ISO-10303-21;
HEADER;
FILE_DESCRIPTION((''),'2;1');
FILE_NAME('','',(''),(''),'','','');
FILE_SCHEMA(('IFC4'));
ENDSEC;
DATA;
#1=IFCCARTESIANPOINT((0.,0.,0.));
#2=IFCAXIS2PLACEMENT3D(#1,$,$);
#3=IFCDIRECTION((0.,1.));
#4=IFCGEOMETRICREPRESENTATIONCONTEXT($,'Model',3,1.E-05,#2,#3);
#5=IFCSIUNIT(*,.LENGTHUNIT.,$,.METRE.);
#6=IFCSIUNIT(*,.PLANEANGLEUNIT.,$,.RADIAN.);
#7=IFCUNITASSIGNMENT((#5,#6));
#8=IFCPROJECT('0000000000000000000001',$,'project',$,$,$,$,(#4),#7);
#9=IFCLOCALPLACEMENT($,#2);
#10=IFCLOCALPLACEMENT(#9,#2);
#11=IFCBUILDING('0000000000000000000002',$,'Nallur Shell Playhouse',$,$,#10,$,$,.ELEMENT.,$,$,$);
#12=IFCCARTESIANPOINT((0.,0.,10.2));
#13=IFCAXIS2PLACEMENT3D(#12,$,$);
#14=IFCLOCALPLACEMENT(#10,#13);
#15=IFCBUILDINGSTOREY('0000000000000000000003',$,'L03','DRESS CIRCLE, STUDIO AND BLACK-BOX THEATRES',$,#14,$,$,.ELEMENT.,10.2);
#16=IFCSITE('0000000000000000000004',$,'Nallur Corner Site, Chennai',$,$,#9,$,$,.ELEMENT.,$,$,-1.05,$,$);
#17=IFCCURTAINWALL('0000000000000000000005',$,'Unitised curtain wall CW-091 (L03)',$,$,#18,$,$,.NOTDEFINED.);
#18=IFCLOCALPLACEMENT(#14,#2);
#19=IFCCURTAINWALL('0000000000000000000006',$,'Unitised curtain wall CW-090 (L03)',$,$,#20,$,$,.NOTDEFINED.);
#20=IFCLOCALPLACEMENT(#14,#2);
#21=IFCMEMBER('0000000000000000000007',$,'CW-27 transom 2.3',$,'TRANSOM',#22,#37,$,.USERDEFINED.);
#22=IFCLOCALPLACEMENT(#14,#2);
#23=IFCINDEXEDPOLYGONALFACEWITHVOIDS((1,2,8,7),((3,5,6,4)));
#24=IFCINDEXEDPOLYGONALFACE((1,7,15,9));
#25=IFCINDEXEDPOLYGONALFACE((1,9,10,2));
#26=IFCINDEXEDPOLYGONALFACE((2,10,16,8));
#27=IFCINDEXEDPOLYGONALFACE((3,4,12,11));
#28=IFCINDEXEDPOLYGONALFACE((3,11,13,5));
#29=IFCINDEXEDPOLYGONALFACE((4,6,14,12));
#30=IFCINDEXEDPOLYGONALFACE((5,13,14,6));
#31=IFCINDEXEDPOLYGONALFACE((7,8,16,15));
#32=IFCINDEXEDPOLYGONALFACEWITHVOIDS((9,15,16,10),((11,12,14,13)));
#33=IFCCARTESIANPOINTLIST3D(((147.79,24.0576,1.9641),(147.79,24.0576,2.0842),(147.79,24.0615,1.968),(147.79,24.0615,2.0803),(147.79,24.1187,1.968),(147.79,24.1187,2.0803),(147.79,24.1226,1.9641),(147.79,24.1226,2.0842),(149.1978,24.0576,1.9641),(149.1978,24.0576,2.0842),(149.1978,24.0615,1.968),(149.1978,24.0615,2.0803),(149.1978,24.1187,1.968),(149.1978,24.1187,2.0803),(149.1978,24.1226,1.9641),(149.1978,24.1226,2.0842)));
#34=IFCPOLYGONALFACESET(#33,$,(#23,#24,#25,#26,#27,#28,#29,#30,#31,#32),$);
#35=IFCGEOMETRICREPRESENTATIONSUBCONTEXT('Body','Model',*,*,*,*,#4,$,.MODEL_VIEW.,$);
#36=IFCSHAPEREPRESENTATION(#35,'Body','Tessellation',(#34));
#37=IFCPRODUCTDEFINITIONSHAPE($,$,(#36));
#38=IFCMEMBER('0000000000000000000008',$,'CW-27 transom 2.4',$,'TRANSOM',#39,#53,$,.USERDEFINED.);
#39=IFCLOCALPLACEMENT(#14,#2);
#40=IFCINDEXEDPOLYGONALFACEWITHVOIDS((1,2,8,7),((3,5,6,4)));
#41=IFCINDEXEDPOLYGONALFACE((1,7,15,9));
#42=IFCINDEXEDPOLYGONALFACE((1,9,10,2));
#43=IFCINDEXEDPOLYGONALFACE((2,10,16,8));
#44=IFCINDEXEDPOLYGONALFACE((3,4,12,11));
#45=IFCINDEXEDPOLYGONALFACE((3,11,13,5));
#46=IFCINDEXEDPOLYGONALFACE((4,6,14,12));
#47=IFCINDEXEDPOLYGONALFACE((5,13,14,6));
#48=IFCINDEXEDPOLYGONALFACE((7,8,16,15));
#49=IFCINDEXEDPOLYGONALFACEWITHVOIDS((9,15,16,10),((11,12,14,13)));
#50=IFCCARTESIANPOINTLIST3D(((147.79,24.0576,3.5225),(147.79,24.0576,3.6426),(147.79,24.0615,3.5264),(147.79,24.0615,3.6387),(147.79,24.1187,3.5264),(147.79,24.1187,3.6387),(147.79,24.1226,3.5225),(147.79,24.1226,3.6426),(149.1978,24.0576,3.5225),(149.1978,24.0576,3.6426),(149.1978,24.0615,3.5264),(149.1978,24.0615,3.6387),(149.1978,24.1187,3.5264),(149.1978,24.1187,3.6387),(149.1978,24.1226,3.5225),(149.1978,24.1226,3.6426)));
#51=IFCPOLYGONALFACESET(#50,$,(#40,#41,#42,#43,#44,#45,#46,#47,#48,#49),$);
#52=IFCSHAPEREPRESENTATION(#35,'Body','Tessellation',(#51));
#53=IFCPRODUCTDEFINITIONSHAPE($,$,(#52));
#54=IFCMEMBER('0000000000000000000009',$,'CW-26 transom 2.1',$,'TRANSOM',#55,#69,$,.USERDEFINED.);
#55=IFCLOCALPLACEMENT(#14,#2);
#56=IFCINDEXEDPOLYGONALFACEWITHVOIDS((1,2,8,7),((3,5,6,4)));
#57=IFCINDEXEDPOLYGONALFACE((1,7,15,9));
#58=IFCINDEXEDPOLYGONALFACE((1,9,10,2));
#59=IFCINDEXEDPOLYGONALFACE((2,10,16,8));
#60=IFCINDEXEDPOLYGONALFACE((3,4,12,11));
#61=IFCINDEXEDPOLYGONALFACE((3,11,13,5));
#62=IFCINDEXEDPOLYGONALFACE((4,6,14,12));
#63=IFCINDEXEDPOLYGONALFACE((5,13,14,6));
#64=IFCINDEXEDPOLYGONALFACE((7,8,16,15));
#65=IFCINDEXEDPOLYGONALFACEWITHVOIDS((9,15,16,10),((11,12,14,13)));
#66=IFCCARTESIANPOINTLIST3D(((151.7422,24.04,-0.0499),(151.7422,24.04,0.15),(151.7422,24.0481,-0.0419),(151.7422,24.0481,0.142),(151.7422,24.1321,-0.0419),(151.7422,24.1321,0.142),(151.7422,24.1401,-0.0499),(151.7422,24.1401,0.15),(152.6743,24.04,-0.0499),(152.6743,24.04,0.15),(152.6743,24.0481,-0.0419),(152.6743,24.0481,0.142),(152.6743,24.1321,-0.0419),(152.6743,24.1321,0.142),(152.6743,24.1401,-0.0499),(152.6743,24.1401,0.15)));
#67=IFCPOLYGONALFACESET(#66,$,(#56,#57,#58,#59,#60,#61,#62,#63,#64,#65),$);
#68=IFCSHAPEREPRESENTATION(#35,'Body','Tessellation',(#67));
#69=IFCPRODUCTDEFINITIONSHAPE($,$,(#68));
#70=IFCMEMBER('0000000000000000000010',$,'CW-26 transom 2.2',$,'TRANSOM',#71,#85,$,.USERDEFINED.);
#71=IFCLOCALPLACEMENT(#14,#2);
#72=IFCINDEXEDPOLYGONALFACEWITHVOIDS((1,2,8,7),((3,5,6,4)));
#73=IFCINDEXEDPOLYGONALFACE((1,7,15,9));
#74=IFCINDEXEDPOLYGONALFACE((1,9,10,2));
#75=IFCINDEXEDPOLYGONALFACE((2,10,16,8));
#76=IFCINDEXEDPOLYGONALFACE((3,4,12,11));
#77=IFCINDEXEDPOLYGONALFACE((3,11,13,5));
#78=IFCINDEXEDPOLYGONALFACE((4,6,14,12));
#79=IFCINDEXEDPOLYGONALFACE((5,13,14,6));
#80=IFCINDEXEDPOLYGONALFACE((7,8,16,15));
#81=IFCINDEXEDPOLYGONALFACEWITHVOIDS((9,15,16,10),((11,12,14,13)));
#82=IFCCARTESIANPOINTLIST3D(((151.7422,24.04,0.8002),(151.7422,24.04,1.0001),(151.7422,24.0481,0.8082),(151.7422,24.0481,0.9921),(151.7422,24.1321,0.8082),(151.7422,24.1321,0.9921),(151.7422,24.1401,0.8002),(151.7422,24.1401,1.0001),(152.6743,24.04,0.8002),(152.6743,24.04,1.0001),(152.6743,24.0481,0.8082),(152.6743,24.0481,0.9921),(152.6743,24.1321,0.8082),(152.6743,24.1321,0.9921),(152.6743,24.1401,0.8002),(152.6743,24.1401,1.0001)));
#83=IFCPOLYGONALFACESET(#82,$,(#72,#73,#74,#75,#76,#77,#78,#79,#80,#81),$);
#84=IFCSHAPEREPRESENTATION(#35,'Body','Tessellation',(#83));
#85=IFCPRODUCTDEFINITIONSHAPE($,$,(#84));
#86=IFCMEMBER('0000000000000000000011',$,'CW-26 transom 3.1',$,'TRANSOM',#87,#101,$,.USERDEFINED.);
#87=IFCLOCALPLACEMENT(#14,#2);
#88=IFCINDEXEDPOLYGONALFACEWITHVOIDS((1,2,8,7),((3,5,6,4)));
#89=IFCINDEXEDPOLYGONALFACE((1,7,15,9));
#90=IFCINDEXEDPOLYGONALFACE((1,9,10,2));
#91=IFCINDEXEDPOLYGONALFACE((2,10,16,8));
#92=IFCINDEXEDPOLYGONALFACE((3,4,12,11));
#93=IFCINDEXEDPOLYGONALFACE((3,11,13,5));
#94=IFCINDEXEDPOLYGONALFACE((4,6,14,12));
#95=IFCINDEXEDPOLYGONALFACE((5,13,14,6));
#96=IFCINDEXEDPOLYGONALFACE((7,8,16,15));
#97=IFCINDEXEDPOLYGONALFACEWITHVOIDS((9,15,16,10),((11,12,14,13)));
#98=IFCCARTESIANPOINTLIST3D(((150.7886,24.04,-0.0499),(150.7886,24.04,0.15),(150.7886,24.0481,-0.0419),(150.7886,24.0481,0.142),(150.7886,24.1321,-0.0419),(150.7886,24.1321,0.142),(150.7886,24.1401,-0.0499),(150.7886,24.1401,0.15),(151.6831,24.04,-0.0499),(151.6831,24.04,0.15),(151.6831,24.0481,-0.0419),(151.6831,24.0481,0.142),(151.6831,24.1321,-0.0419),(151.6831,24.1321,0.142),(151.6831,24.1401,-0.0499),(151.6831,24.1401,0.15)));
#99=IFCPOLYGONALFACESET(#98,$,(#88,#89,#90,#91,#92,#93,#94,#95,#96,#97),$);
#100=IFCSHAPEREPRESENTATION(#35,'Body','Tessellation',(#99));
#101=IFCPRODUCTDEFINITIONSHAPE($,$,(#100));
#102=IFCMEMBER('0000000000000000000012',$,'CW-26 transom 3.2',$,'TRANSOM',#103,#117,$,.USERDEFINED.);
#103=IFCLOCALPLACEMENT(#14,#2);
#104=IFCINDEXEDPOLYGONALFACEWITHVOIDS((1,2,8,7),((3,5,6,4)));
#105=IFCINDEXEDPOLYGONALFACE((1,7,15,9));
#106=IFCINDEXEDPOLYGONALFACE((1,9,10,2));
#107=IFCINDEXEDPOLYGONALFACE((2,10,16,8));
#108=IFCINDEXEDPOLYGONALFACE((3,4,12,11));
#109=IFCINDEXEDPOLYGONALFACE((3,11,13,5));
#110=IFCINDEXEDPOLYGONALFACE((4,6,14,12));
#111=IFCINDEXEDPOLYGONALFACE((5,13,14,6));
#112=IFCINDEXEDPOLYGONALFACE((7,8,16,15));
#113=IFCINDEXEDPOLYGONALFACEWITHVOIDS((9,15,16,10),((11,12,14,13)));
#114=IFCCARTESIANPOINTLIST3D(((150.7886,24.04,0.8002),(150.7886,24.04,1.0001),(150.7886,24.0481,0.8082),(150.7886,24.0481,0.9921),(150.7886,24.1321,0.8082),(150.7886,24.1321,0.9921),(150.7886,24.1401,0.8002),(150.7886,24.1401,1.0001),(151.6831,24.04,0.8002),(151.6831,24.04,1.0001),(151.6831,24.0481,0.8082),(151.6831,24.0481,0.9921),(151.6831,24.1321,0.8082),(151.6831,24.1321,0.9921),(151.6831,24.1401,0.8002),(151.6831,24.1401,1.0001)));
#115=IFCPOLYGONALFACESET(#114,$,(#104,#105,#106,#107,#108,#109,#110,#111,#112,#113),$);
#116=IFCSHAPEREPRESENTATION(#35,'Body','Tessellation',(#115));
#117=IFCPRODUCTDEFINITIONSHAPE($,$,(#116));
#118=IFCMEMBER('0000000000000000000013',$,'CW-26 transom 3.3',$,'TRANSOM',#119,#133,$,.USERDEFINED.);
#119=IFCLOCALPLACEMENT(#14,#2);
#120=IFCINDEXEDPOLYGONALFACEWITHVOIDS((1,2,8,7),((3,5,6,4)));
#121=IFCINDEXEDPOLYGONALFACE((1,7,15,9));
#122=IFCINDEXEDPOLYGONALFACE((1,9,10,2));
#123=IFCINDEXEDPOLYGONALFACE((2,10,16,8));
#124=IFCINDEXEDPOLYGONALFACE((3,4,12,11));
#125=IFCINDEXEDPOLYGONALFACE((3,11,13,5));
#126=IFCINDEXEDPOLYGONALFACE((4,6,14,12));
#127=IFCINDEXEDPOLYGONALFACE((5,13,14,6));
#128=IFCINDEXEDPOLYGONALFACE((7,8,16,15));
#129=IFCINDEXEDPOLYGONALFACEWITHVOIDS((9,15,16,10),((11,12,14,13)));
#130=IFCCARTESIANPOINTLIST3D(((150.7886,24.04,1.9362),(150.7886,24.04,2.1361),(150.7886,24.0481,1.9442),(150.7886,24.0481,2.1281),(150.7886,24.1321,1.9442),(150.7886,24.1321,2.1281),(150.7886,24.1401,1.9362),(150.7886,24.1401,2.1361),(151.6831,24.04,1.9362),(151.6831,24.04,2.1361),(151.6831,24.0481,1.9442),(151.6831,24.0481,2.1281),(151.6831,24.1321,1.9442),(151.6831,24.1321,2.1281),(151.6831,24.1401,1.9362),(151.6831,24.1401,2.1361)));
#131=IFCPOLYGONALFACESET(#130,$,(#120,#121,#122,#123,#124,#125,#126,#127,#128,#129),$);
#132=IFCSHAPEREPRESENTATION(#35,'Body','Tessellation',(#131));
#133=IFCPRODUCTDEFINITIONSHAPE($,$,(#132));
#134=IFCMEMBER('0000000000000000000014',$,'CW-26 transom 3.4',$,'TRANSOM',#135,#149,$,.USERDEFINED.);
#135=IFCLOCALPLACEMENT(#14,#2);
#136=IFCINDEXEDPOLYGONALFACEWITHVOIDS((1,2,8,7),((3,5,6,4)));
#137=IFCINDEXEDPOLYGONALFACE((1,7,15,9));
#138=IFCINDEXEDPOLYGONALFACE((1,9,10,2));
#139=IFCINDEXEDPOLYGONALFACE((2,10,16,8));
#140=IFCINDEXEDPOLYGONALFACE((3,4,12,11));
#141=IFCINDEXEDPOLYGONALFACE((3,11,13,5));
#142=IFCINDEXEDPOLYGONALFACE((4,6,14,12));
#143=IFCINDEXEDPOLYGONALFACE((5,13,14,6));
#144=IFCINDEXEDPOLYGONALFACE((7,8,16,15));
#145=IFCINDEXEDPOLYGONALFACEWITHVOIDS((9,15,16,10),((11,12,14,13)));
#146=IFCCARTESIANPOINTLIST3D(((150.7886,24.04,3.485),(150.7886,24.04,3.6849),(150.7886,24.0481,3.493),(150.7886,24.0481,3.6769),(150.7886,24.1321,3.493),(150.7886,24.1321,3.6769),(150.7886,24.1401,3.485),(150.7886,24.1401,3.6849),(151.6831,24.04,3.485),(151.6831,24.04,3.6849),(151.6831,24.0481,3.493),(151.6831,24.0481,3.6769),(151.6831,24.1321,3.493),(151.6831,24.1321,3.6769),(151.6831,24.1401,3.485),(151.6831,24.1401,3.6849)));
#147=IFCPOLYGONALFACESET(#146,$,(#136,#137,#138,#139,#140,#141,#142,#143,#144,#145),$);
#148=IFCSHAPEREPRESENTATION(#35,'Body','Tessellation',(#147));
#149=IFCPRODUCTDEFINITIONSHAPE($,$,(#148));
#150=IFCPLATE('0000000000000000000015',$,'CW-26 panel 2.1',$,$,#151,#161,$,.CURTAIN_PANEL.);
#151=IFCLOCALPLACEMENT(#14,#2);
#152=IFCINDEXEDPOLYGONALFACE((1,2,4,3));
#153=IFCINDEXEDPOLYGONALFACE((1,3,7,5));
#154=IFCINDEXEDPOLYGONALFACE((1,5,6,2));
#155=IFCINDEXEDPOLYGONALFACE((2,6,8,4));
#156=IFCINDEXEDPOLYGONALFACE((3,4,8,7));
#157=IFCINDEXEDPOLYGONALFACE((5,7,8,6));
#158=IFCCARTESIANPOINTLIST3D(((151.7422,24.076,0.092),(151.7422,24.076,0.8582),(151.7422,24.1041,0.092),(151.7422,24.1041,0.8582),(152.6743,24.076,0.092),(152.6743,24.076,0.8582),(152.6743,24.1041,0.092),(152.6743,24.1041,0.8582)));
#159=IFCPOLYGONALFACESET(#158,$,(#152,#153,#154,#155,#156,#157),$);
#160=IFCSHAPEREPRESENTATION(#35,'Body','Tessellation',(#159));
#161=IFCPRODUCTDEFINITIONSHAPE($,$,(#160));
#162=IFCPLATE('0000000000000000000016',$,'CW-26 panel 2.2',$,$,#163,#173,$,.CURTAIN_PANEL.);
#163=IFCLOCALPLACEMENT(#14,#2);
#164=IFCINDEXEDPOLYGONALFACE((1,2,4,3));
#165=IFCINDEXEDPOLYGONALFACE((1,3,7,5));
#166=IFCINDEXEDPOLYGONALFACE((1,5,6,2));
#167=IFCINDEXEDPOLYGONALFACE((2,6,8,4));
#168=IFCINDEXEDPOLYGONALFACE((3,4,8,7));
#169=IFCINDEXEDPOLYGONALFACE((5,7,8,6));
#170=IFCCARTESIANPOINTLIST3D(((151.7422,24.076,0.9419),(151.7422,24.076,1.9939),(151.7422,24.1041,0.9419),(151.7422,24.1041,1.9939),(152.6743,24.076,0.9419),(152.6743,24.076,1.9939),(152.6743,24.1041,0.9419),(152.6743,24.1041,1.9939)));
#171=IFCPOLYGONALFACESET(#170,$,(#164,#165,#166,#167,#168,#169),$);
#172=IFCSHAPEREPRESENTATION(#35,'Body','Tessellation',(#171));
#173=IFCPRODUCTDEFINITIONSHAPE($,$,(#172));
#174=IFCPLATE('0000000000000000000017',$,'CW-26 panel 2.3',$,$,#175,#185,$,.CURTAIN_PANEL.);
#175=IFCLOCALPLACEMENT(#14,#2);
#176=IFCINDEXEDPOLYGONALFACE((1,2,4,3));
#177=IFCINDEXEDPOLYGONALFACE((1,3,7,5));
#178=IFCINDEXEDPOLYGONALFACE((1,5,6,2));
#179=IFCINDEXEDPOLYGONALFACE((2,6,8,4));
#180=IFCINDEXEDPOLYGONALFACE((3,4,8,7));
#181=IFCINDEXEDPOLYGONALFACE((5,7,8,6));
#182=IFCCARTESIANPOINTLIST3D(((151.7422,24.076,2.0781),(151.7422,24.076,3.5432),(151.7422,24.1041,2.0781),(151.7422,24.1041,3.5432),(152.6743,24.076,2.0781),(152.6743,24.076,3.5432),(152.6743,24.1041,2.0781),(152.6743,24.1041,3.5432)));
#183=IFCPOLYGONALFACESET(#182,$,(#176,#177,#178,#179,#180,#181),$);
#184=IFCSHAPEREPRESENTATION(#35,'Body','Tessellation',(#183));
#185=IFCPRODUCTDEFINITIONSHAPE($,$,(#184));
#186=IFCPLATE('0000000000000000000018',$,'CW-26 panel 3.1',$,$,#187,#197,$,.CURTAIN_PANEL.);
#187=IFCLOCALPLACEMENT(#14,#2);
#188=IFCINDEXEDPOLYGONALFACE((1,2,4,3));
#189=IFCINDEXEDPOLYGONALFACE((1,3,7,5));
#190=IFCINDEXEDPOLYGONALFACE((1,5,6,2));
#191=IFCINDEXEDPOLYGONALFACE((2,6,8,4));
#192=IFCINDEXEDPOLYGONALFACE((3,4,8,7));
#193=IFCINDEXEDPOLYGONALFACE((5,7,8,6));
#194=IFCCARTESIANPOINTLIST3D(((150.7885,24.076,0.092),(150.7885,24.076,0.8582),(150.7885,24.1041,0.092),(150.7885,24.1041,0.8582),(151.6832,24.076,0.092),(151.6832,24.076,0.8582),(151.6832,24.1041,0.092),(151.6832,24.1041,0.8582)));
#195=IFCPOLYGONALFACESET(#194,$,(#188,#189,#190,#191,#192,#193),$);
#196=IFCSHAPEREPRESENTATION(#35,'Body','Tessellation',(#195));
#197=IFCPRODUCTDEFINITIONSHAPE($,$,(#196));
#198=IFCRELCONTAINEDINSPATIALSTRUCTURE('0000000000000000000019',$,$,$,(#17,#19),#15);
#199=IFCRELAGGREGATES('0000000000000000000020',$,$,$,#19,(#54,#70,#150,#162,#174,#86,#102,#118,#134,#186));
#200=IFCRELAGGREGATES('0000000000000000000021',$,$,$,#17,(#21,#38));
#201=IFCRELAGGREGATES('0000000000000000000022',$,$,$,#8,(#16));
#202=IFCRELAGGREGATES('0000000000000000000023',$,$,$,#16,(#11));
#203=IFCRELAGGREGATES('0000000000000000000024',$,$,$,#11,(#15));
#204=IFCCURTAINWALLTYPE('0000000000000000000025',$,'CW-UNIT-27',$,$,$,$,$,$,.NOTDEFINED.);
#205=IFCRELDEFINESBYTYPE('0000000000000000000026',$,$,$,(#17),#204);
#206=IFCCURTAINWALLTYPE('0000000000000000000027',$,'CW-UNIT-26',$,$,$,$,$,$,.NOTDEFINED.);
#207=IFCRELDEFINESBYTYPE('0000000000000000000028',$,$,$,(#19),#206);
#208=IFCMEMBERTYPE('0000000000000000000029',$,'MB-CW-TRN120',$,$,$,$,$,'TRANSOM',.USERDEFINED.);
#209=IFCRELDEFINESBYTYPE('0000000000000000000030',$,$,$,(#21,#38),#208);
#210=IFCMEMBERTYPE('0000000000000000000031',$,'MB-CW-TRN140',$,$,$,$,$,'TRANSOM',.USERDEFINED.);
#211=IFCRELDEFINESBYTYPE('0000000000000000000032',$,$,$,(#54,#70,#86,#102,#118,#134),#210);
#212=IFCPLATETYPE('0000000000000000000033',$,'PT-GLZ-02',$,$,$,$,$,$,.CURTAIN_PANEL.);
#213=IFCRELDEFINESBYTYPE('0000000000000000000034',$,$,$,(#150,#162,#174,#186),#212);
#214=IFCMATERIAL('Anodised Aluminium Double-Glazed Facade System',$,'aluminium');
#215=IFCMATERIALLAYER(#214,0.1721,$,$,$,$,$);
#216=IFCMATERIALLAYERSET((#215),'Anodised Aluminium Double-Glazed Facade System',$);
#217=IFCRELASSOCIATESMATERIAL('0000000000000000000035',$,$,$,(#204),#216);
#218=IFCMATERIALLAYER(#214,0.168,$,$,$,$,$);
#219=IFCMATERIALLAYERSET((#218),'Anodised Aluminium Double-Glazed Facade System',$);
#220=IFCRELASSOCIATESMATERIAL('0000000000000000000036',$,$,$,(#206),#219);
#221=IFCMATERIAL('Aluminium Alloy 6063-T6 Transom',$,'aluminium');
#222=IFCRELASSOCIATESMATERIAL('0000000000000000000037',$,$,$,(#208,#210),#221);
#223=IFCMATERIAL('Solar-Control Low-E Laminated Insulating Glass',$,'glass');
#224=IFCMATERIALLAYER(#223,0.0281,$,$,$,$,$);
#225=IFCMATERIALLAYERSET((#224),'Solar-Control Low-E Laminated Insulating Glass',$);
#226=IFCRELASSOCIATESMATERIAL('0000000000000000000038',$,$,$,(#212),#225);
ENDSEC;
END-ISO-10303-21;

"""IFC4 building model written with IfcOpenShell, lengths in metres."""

from ifc_helpers import new_model, si_unit, direction, frame, origin, origin_2d, place, context, subcontext, project, spatial, rectangle, hollow_rectangle, extrude, material, layer, layer_set, material_profile, profile_set, type_object, element, aggregate, save


model = new_model("IFC4")

# Units and contexts
model_context = context("Model", 3, precision=1e-05, world=origin(), true_north=direction((0.0, 1.0)))
body_context = subcontext(model_context, "Body", "Model", "MODEL_VIEW")
ifc_project = project(units=[si_unit("LENGTHUNIT", "METRE"), si_unit("PLANEANGLEUNIT", "RADIAN")], contexts=[model_context])

# Site, building, storey
site_placement = place(None, origin())
site = spatial("IfcSite", under=ifc_project, at=site_placement, Name="Nallur Corner Site, Chennai", CompositionType="ELEMENT", RefElevation=-1.05)
building_placement = place(site_placement, origin())
building = spatial("IfcBuilding", under=site, at=building_placement, Name="Nallur Shell Playhouse", CompositionType="ELEMENT")
storey_placement = place(building_placement, frame((0.0, 0.0, 10.2)))
storey = spatial("IfcBuildingStorey", under=building, at=storey_placement, Name="L03", Description="DRESS CIRCLE, STUDIO AND BLACK-BOX THEATRES", CompositionType="ELEMENT", Elevation=10.2)

# Curtain walls
ifc_material_1 = material(Name="Anodised Aluminium Double-Glazed Facade System", Category="aluminium")
ifc_layer_1 = layer(ifc_material_1, 0.1721)
ifc_layer_set_1 = layer_set([ifc_layer_1], Name="Anodised Aluminium Double-Glazed Facade System")
curtain_wall_type_1 = type_object("IfcCurtainWallType", Name="CW-UNIT-27", PredefinedType="NOTDEFINED", material=ifc_layer_set_1)
curtain_wall_1_placement = place(storey_placement, origin())
curtain_wall_1 = element("IfcCurtainWall", 1, at=curtain_wall_1_placement, inside=storey, type_object=curtain_wall_type_1, Name="Unitised curtain wall CW-091 (L03)", PredefinedType="NOTDEFINED")
ifc_layer_2 = layer(ifc_material_1, 0.168)
ifc_layer_set_2 = layer_set([ifc_layer_2], Name="Anodised Aluminium Double-Glazed Facade System")
curtain_wall_type_2 = type_object("IfcCurtainWallType", Name="CW-UNIT-26", PredefinedType="NOTDEFINED", material=ifc_layer_set_2)
curtain_wall_2_placement = place(storey_placement, origin())
curtain_wall_2 = element("IfcCurtainWall", 2, at=curtain_wall_2_placement, inside=storey, type_object=curtain_wall_type_2, Name="Unitised curtain wall CW-090 (L03)", PredefinedType="NOTDEFINED")

# Members
ifc_material_2 = material(Name="Aluminium Alloy 6063-T6 Transom", Category="aluminium")
ifc_material_profile_1 = material_profile(ifc_material_2, hollow_rectangle(XDim=0.0649, YDim=0.1201, WallThickness=0.0039, at=origin_2d()), Name="ALU 65x120x4")
ifc_profile_set_1 = profile_set([ifc_material_profile_1], Name="Aluminium Alloy 6063-T6 Transom")
member_type_1 = type_object("IfcMemberType", Name="MB-CW-TRN120", ElementType="TRANSOM", PredefinedType="USERDEFINED", material=ifc_profile_set_1)
member_1_placement = place(storey_placement, frame((149.1978, 24.0901, 2.0242), z_axis=(-1.0, 0.0, 0.0), x_axis=(0.0, -1.0, 0.0)))
member_1 = element("IfcMember", 3, at=member_1_placement, type_object=member_type_1, Name="CW-27 transom 2.3", ObjectType="TRANSOM", PredefinedType="USERDEFINED", context=body_context, shape_type="SweptSolid", body=[
    extrude(hollow_rectangle(XDim=0.0649, YDim=0.1201, WallThickness=0.0039, at=origin_2d()), origin(), (0.0, 0.0, 1.0), 1.4077),
])
member_2_placement = place(storey_placement, frame((149.1978, 24.0901, 3.5825), z_axis=(-1.0, 0.0, 0.0), x_axis=(0.0, -1.0, 0.0)))
member_2 = element("IfcMember", 4, at=member_2_placement, type_object=member_type_1, Name="CW-27 transom 2.4", ObjectType="TRANSOM", PredefinedType="USERDEFINED", context=body_context, shape_type="SweptSolid", body=[
    extrude(hollow_rectangle(XDim=0.0649, YDim=0.1201, WallThickness=0.0039, at=origin_2d()), origin(), (0.0, 0.0, 1.0), 1.4077),
])
ifc_material_profile_2 = material_profile(ifc_material_2, hollow_rectangle(XDim=0.1001, YDim=0.2, WallThickness=0.0081, at=origin_2d()), Name="RHS 200x100x8")
ifc_profile_set_2 = profile_set([ifc_material_profile_2], Name="Aluminium Alloy 6063-T6 Transom")
member_type_2 = type_object("IfcMemberType", Name="MB-CW-TRN140", ElementType="TRANSOM", PredefinedType="USERDEFINED", material=ifc_profile_set_2)
member_3_placement = place(storey_placement, frame((152.6743, 24.0901, 0.05), z_axis=(-1.0, 0.0, 0.0), x_axis=(0.0, -1.0, 0.0)))
member_3 = element("IfcMember", 5, at=member_3_placement, type_object=member_type_2, Name="CW-26 transom 2.1", ObjectType="TRANSOM", PredefinedType="USERDEFINED", context=body_context, shape_type="SweptSolid", body=[
    extrude(hollow_rectangle(XDim=0.1001, YDim=0.2, WallThickness=0.0081, at=origin_2d()), origin(), (0.0, 0.0, 1.0), 0.9321),
])
member_4_placement = place(storey_placement, frame((152.6743, 24.0901, 0.9001), z_axis=(-1.0, 0.0, 0.0), x_axis=(0.0, -1.0, 0.0)))
member_4 = element("IfcMember", 6, at=member_4_placement, type_object=member_type_2, Name="CW-26 transom 2.2", ObjectType="TRANSOM", PredefinedType="USERDEFINED", context=body_context, shape_type="SweptSolid", body=[
    extrude(hollow_rectangle(XDim=0.1001, YDim=0.2, WallThickness=0.0081, at=origin_2d()), origin(), (0.0, 0.0, 1.0), 0.9321),
])
member_5_placement = place(storey_placement, frame((151.6831, 24.0901, 0.05), z_axis=(-1.0, 0.0, 0.0), x_axis=(0.0, -1.0, 0.0)))
member_5 = element("IfcMember", 7, at=member_5_placement, type_object=member_type_2, Name="CW-26 transom 3.1", ObjectType="TRANSOM", PredefinedType="USERDEFINED", context=body_context, shape_type="SweptSolid", body=[
    extrude(hollow_rectangle(XDim=0.1001, YDim=0.2, WallThickness=0.0081, at=origin_2d()), origin(), (0.0, 0.0, 1.0), 0.8945),
])
member_6_placement = place(storey_placement, frame((151.6831, 24.0901, 0.9001), z_axis=(-1.0, 0.0, 0.0), x_axis=(0.0, -1.0, 0.0)))
member_6 = element("IfcMember", 8, at=member_6_placement, type_object=member_type_2, Name="CW-26 transom 3.2", ObjectType="TRANSOM", PredefinedType="USERDEFINED", context=body_context, shape_type="SweptSolid", body=[
    extrude(hollow_rectangle(XDim=0.1001, YDim=0.2, WallThickness=0.0081, at=origin_2d()), origin(), (0.0, 0.0, 1.0), 0.8945),
])
member_7_placement = place(storey_placement, frame((151.6831, 24.0901, 2.0361), z_axis=(-1.0, 0.0, 0.0), x_axis=(0.0, -1.0, 0.0)))
member_7 = element("IfcMember", 9, at=member_7_placement, type_object=member_type_2, Name="CW-26 transom 3.3", ObjectType="TRANSOM", PredefinedType="USERDEFINED", context=body_context, shape_type="SweptSolid", body=[
    extrude(hollow_rectangle(XDim=0.1001, YDim=0.2, WallThickness=0.0081, at=origin_2d()), origin(), (0.0, 0.0, 1.0), 0.8945),
])
member_8_placement = place(storey_placement, frame((151.6831, 24.0901, 3.585), z_axis=(-1.0, 0.0, 0.0), x_axis=(0.0, -1.0, 0.0)))
member_8 = element("IfcMember", 10, at=member_8_placement, type_object=member_type_2, Name="CW-26 transom 3.4", ObjectType="TRANSOM", PredefinedType="USERDEFINED", context=body_context, shape_type="SweptSolid", body=[
    extrude(hollow_rectangle(XDim=0.1001, YDim=0.2, WallThickness=0.0081, at=origin_2d()), origin(), (0.0, 0.0, 1.0), 0.8945),
])

# Plates
ifc_material_3 = material(Name="Solar-Control Low-E Laminated Insulating Glass", Category="glass")
ifc_layer_3 = layer(ifc_material_3, 0.0281)
ifc_layer_set_3 = layer_set([ifc_layer_3], Name="Solar-Control Low-E Laminated Insulating Glass")
plate_type_1 = type_object("IfcPlateType", Name="PT-GLZ-02", PredefinedType="CURTAIN_PANEL", material=ifc_layer_set_3)
plate_1_placement = place(storey_placement, frame((152.2083, 24.0901, 0.092), z_axis=(0.0, 0.0, 1.0), x_axis=(-1.0, 0.0, 0.0)))
plate_1 = element("IfcPlate", 11, at=plate_1_placement, type_object=plate_type_1, Name="CW-26 panel 2.1", PredefinedType="CURTAIN_PANEL", context=body_context, shape_type="SweptSolid", body=[
    extrude(rectangle(XDim=0.9321, YDim=0.0281, at=origin_2d()), origin(), (0.0, 0.0, 1.0), 0.7661),
])
plate_2_placement = place(storey_placement, frame((152.2083, 24.0901, 0.9419), z_axis=(0.0, 0.0, 1.0), x_axis=(-1.0, 0.0, 0.0)))
plate_2 = element("IfcPlate", 12, at=plate_2_placement, type_object=plate_type_1, Name="CW-26 panel 2.2", PredefinedType="CURTAIN_PANEL", context=body_context, shape_type="SweptSolid", body=[
    extrude(rectangle(XDim=0.9321, YDim=0.0281, at=origin_2d()), origin(), (0.0, 0.0, 1.0), 1.052),
])
plate_3_placement = place(storey_placement, frame((152.2083, 24.0901, 2.0781), z_axis=(0.0, 0.0, 1.0), x_axis=(-1.0, 0.0, 0.0)))
plate_3 = element("IfcPlate", 13, at=plate_3_placement, type_object=plate_type_1, Name="CW-26 panel 2.3", PredefinedType="CURTAIN_PANEL", context=body_context, shape_type="SweptSolid", body=[
    extrude(rectangle(XDim=0.9321, YDim=0.0281, at=origin_2d()), origin(), (0.0, 0.0, 1.0), 1.4651),
])
plate_4_placement = place(storey_placement, frame((151.2358, 24.0901, 0.092), z_axis=(0.0, 0.0, 1.0), x_axis=(-1.0, 0.0, 0.0)))
plate_4 = element("IfcPlate", 14, at=plate_4_placement, type_object=plate_type_1, Name="CW-26 panel 3.1", PredefinedType="CURTAIN_PANEL", context=body_context, shape_type="SweptSolid", body=[
    extrude(rectangle(XDim=0.8948, YDim=0.0281, at=origin_2d()), origin(), (0.0, 0.0, 1.0), 0.7661),
])
aggregate(curtain_wall_2, [member_3, member_4, plate_1, plate_2, plate_3, member_5, member_6, member_7, member_8, plate_4])
aggregate(curtain_wall_1, [member_1, member_2])

save(model, "model.ifc")
